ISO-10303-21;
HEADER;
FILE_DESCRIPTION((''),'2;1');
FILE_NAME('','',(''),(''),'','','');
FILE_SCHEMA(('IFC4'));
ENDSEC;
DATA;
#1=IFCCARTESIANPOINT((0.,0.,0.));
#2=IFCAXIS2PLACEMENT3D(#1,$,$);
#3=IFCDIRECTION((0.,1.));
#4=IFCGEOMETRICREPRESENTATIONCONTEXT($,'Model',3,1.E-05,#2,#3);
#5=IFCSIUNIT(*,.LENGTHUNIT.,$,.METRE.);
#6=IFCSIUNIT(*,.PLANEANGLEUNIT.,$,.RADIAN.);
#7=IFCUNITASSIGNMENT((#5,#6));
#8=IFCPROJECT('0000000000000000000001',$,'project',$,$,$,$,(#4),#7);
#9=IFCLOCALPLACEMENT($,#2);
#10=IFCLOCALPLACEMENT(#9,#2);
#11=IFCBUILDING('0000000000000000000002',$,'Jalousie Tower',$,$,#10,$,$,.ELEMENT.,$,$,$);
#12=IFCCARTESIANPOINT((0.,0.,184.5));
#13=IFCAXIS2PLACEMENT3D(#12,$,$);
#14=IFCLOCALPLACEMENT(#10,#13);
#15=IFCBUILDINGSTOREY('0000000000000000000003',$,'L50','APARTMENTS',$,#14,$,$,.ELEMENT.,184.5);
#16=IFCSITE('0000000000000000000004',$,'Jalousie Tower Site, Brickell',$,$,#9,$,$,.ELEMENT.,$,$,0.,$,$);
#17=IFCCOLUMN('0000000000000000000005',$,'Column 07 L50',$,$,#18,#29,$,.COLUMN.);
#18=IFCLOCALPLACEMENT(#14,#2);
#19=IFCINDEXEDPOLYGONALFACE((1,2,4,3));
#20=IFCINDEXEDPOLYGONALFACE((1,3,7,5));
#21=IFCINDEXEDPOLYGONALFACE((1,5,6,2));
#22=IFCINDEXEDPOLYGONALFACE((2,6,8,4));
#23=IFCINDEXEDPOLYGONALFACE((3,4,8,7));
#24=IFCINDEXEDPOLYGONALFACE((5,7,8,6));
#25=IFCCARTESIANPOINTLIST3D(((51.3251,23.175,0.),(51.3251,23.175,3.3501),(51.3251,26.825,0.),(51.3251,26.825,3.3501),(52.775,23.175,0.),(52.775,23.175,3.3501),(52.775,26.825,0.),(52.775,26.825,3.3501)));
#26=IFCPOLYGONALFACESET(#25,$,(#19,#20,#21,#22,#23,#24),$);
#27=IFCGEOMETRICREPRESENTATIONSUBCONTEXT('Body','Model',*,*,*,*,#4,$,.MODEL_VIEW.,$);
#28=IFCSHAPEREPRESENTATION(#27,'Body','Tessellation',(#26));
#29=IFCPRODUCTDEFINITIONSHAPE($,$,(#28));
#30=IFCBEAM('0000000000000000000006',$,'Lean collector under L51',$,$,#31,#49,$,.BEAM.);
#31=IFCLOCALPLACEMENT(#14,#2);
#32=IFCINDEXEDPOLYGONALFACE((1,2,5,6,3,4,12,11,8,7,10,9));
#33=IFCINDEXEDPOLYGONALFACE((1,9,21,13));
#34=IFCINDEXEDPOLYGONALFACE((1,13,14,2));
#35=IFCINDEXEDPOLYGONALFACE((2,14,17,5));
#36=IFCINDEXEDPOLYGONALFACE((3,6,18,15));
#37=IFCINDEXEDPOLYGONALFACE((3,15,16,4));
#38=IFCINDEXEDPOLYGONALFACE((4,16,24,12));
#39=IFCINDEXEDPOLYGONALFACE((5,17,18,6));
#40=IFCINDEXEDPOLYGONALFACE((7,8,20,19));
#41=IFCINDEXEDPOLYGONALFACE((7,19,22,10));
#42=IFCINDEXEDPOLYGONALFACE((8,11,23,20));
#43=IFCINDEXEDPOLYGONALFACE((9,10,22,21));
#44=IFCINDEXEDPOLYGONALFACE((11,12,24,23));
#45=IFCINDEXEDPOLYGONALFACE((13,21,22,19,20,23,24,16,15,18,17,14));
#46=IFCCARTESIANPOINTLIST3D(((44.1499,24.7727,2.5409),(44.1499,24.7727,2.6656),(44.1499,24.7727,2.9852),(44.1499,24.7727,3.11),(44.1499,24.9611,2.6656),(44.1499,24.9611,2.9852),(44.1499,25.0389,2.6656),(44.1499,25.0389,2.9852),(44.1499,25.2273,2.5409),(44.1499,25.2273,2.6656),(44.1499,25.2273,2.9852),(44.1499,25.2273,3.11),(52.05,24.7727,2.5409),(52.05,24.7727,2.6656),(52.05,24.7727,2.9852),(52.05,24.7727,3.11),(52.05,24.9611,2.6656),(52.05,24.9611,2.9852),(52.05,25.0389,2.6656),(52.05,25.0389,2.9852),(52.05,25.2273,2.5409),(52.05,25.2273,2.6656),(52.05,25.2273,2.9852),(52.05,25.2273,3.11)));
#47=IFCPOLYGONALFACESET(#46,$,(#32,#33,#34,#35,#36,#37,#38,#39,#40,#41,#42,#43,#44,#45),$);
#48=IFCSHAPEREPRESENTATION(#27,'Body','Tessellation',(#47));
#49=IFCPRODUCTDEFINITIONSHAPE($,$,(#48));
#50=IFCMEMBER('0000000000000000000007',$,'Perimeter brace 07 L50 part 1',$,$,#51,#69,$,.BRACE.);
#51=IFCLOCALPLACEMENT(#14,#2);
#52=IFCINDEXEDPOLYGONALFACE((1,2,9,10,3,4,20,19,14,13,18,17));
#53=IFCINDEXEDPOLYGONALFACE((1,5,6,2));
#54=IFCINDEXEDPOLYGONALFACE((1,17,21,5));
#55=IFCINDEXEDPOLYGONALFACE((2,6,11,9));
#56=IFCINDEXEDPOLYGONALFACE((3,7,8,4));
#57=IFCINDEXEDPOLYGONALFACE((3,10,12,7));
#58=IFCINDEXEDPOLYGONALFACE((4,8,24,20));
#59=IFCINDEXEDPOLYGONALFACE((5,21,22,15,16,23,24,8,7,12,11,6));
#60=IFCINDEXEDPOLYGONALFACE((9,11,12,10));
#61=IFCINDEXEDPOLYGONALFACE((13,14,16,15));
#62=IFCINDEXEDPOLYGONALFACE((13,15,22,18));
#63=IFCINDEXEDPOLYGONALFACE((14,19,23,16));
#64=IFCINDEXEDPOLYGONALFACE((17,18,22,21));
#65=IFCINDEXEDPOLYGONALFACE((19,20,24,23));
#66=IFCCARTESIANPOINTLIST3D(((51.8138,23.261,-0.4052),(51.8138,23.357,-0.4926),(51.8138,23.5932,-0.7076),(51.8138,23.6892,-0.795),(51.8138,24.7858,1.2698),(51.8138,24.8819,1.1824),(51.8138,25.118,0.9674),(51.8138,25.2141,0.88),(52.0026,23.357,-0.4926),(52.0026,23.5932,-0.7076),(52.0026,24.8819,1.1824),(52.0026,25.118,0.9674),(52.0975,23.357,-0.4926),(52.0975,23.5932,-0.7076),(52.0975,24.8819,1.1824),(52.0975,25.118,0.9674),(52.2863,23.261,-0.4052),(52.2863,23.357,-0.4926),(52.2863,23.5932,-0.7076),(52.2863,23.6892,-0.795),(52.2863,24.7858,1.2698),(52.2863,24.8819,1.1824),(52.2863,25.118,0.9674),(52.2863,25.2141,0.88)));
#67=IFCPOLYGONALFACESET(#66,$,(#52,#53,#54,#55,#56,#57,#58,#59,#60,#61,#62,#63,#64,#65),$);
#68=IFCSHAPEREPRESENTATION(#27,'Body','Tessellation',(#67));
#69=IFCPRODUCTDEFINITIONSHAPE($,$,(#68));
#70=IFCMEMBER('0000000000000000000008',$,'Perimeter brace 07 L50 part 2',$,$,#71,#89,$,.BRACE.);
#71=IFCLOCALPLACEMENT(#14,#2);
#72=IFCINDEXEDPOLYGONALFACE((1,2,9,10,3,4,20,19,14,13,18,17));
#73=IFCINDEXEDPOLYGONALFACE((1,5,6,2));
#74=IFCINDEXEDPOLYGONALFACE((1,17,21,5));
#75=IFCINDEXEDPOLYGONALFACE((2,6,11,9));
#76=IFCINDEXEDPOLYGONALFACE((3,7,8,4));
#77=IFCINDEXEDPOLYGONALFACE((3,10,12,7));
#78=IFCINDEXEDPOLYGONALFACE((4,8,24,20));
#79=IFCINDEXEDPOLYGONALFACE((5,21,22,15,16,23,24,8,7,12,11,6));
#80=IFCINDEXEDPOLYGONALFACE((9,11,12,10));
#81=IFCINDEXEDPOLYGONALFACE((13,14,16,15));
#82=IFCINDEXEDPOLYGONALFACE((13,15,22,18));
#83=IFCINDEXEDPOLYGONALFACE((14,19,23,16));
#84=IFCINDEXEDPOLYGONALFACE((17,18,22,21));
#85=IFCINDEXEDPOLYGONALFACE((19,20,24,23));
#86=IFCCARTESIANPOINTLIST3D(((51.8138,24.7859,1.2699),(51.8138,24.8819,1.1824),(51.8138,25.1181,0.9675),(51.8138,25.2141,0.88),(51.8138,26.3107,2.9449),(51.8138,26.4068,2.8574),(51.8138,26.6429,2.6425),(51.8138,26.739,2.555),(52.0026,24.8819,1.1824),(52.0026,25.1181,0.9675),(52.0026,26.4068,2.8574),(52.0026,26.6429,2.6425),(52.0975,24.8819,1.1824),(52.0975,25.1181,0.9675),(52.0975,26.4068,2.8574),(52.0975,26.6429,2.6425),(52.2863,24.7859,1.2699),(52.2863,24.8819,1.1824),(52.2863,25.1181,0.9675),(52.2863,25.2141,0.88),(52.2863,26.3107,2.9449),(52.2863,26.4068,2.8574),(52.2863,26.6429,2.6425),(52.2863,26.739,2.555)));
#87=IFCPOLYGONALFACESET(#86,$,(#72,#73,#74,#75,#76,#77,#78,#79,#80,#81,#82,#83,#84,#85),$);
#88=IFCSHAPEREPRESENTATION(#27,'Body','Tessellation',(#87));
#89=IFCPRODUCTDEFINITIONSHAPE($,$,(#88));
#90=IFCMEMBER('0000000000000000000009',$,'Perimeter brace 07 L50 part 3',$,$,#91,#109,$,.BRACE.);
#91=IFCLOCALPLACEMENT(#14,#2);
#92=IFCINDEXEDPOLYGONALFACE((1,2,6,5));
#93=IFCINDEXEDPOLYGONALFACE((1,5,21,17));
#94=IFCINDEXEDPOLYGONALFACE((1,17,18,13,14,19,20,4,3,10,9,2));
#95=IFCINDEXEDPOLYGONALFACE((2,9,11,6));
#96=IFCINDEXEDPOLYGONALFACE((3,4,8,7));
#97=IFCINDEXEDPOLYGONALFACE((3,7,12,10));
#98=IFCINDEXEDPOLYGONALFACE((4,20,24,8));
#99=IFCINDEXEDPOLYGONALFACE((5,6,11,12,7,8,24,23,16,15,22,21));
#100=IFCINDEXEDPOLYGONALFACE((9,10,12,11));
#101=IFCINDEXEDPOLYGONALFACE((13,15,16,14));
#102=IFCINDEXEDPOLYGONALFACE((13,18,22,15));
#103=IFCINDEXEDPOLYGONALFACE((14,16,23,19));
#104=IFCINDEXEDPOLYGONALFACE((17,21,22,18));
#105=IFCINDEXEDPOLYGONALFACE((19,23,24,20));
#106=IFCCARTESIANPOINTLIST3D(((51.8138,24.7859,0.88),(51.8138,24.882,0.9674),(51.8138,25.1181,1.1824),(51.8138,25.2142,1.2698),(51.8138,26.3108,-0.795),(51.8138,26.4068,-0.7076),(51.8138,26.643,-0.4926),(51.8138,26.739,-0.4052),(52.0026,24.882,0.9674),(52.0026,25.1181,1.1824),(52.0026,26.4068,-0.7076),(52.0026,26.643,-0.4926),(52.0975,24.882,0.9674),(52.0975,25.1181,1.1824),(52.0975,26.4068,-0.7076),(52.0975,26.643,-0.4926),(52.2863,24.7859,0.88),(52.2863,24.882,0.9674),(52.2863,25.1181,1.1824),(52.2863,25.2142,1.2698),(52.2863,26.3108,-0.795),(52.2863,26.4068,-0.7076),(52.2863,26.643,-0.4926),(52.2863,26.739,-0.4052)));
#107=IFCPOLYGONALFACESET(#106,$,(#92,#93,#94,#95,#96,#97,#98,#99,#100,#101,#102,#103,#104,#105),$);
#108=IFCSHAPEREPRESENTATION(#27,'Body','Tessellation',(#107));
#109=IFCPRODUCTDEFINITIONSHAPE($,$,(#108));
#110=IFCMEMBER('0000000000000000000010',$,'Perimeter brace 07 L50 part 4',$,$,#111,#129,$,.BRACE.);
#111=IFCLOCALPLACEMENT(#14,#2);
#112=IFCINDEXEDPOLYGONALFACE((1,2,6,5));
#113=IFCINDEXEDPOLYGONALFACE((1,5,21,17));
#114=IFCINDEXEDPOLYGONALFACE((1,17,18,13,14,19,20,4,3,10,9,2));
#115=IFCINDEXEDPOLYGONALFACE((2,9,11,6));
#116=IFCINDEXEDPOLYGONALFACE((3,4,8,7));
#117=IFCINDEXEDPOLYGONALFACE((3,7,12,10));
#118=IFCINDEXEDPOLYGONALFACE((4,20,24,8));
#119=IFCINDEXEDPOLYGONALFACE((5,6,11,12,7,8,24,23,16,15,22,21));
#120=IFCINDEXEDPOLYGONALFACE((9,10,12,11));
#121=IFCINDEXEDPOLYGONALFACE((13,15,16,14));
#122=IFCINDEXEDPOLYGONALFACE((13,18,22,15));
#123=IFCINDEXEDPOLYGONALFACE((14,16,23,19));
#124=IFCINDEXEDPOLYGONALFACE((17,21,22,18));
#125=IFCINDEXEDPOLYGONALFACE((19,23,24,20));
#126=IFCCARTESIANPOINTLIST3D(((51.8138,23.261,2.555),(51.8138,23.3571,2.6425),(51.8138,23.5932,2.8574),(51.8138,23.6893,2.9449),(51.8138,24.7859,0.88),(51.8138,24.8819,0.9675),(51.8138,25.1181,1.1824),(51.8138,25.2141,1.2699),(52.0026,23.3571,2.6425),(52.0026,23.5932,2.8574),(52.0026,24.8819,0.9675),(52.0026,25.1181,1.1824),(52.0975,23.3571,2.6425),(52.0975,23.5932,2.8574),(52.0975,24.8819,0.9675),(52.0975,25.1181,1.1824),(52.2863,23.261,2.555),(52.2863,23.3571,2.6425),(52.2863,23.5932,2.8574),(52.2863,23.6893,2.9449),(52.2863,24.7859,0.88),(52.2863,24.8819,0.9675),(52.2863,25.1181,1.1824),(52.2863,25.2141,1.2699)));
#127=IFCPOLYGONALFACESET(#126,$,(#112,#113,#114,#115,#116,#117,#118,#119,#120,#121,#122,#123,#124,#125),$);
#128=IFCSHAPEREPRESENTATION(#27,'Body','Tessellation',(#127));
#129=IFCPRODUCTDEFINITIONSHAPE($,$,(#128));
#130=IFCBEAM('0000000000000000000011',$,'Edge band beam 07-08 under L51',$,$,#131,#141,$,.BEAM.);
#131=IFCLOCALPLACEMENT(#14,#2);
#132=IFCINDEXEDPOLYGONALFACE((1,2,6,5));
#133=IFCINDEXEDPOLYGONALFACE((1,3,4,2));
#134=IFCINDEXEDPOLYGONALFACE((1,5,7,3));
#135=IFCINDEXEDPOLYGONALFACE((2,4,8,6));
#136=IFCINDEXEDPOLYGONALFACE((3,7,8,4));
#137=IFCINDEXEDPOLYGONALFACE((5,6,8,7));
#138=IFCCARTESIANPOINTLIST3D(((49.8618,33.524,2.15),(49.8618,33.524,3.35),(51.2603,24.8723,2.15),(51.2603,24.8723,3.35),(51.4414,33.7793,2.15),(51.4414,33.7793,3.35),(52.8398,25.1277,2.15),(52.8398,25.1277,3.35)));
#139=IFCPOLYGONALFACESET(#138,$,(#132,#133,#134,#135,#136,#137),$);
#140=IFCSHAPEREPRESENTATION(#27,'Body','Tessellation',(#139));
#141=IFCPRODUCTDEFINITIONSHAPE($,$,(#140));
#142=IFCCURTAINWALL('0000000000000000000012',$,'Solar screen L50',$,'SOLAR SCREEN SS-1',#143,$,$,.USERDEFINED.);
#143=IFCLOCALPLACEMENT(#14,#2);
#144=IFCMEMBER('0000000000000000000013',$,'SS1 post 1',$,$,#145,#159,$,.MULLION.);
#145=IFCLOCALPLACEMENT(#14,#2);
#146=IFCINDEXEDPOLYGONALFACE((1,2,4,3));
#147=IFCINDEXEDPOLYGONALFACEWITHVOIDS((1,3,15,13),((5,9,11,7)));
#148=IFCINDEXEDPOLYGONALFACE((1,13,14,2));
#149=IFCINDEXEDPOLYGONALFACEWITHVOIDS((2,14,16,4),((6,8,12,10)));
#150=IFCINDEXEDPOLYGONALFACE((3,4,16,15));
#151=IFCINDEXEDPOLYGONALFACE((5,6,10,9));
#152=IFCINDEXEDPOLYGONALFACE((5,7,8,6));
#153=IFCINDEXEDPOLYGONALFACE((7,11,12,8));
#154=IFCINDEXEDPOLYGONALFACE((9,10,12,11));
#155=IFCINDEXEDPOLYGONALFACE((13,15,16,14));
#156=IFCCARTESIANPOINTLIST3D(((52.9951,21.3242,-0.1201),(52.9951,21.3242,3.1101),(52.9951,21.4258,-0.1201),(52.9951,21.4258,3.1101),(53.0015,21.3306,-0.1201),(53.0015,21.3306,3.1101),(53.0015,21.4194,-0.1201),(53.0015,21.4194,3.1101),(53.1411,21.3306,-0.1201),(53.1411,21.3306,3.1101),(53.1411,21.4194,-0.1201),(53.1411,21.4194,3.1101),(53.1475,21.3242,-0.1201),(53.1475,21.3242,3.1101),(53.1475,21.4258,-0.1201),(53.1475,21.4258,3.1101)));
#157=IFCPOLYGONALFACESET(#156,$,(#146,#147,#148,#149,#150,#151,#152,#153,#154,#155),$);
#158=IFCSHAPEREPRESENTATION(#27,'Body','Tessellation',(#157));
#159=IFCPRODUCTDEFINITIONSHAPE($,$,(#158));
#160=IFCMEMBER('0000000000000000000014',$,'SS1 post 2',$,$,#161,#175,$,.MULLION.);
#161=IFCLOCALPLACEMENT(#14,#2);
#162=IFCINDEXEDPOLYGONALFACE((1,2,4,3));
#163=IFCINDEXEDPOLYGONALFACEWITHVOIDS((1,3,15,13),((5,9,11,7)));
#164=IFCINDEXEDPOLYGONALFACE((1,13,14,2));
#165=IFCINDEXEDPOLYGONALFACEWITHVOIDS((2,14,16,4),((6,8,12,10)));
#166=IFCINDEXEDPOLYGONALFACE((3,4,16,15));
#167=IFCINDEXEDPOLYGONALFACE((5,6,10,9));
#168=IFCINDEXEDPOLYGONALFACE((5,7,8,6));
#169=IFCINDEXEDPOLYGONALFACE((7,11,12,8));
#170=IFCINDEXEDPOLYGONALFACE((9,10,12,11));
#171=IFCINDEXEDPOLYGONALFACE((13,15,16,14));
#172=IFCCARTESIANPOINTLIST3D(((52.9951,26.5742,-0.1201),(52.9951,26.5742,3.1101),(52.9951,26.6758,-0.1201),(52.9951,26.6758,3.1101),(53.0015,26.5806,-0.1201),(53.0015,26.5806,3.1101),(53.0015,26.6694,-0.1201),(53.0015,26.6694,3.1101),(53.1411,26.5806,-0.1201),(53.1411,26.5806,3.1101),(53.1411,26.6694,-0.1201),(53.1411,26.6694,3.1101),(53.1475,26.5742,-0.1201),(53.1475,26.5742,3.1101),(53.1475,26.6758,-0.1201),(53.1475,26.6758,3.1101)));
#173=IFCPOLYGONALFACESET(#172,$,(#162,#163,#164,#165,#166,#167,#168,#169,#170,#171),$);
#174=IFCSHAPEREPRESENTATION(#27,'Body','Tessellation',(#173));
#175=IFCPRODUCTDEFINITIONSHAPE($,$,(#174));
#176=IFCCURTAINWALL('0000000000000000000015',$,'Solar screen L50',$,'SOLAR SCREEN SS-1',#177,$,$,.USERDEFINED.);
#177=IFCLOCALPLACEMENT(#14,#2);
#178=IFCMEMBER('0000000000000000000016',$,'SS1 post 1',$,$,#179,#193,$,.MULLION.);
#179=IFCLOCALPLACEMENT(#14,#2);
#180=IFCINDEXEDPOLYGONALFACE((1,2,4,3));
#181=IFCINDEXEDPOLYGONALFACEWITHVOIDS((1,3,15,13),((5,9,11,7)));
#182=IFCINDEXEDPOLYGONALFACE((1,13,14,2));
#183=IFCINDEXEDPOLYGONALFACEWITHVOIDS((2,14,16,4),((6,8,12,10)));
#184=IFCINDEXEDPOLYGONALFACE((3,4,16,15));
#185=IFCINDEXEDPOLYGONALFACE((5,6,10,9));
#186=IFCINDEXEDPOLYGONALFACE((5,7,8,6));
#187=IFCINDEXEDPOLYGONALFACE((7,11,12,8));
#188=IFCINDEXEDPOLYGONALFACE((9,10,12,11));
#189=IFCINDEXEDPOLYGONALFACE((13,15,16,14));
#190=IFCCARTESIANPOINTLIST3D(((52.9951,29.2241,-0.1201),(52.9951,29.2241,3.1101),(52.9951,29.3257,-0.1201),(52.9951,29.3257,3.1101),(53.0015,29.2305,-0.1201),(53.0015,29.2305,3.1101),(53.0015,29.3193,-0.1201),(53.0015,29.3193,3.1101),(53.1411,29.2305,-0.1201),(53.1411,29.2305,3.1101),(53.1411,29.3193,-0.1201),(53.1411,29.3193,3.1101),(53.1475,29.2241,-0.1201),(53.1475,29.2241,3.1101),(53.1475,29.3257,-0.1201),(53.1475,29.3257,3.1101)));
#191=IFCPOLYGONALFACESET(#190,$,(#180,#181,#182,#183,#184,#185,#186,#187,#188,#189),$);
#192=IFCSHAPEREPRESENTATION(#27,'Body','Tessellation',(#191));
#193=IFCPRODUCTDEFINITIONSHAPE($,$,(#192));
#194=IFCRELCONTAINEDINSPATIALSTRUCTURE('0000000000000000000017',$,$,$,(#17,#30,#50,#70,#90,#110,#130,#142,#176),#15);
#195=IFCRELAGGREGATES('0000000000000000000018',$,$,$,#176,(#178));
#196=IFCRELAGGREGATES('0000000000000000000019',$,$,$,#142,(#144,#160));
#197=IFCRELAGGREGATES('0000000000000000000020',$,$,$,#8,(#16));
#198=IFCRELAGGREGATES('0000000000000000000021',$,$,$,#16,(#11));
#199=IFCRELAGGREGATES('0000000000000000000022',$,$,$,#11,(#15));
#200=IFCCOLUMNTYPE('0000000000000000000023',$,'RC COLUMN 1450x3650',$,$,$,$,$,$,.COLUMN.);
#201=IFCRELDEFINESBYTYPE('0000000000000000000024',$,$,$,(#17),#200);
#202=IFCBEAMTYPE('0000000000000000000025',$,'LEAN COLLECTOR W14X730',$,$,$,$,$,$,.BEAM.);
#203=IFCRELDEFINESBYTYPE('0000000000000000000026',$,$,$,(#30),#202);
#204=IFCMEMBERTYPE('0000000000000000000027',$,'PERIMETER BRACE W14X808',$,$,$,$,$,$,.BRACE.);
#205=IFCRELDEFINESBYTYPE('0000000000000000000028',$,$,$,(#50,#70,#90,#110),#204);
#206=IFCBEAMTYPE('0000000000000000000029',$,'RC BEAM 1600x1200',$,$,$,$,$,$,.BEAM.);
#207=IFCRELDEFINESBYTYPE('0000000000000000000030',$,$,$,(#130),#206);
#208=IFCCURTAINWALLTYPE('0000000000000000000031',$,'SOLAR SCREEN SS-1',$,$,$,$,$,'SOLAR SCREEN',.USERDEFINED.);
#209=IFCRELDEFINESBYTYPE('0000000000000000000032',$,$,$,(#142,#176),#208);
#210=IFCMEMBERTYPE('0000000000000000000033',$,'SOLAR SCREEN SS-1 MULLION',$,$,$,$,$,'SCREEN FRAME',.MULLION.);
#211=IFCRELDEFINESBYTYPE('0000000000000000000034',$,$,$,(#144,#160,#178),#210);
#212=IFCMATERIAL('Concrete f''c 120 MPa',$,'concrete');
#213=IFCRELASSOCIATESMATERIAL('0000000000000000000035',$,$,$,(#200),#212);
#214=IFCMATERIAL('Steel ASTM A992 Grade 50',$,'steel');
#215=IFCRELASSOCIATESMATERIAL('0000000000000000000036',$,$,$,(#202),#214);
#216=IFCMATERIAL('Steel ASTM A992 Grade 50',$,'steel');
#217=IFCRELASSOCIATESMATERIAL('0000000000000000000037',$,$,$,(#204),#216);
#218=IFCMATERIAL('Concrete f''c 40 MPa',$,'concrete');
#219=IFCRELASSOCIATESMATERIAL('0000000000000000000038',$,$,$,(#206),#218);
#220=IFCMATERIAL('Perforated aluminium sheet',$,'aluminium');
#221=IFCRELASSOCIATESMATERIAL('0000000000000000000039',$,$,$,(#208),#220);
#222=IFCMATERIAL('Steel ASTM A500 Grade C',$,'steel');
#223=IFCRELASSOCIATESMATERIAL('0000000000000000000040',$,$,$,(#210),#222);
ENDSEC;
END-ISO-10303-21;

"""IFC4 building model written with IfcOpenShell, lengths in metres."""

from ifc_helpers import new_model, si_unit, direction, frame, origin, origin_2d, place, context, subcontext, project, spatial, rectangle, hollow_rectangle, i_section, extrude, material, material_profile, profile_set, type_object, element, aggregate, save


model = new_model("IFC4")

# Units and contexts
model_context = context("Model", 3, precision=1e-05, world=origin(), true_north=direction((0.0, 1.0)))
body_context = subcontext(model_context, "Body", "Model", "MODEL_VIEW")
ifc_project = project(units=[si_unit("LENGTHUNIT", "METRE"), si_unit("PLANEANGLEUNIT", "RADIAN")], contexts=[model_context])

# Site, building, storey
site_placement = place(None, origin())
site = spatial("IfcSite", under=ifc_project, at=site_placement, Name="Jalousie Tower Site, Brickell", CompositionType="ELEMENT", RefElevation=0.0)
building_placement = place(site_placement, origin())
building = spatial("IfcBuilding", under=site, at=building_placement, Name="Jalousie Tower", CompositionType="ELEMENT")
storey_placement = place(building_placement, frame((0.0, 0.0, 184.5)))
storey = spatial("IfcBuildingStorey", under=building, at=storey_placement, Name="L50", Description="APARTMENTS", CompositionType="ELEMENT", Elevation=184.5)

# Column
ifc_material_1 = material(Name="Concrete f'c 120 MPa", Category="concrete")
ifc_material_profile_1 = material_profile(ifc_material_1, rectangle(XDim=1.45, YDim=3.6499, at=origin_2d()), Name="RC 1450x3650")
ifc_profile_set_1 = profile_set([ifc_material_profile_1], Name="Concrete f'c 120 MPa")
column_type = type_object("IfcColumnType", Name="RC COLUMN 1450x3650", PredefinedType="COLUMN", material=ifc_profile_set_1)
column_placement = place(storey_placement, frame((52.05, 25.0, 0.0), z_axis=(0.0, 0.0, 1.0), x_axis=(1.0, 0.0, 0.0)))
element("IfcColumn", 1, at=column_placement, inside=storey, type_object=column_type, Name="Column 07 L50", PredefinedType="COLUMN", context=body_context, shape_type="SweptSolid", body=[
    extrude(rectangle(XDim=1.45, YDim=3.6499, at=origin_2d()), origin(), (0.0, 0.0, 1.0), 3.3501),
])

# Beam
ifc_material_2 = material(Name="Steel ASTM A992 Grade 50", Category="steel")
ifc_material_profile_2 = material_profile(ifc_material_2, i_section(OverallWidth=0.4546, OverallDepth=0.5691, WebThickness=0.0779, FlangeThickness=0.1248, at=origin_2d()), Name="W14X730")
ifc_profile_set_2 = profile_set([ifc_material_profile_2], Name="Steel ASTM A992 Grade 50")
beam_type_1 = type_object("IfcBeamType", Name="LEAN COLLECTOR W14X730", PredefinedType="BEAM", material=ifc_profile_set_2)
beam_1_placement = place(storey_placement, frame((52.05, 25.0, 2.8254), z_axis=(-1.0, 0.0, 0.0), x_axis=(0.0, -1.0, 0.0)))
element("IfcBeam", 2, at=beam_1_placement, inside=storey, type_object=beam_type_1, Name="Lean collector under L51", PredefinedType="BEAM", context=body_context, shape_type="SweptSolid", body=[
    extrude(i_section(OverallWidth=0.4546, OverallDepth=0.5691, WebThickness=0.0779, FlangeThickness=0.1248, at=origin_2d()), origin(), (0.0, 0.0, 1.0), 7.9001),
])

# Members
ifc_material_3 = material(Name="Steel ASTM A992 Grade 50", Category="steel")
ifc_material_profile_3 = material_profile(ifc_material_3, i_section(OverallWidth=0.4724, OverallDepth=0.5791, WebThickness=0.095, FlangeThickness=0.1299, at=origin_2d()), Name="W14X808")
ifc_profile_set_3 = profile_set([ifc_material_profile_3], Name="Steel ASTM A992 Grade 50")
member_type_1 = type_object("IfcMemberType", Name="PERIMETER BRACE W14X808", PredefinedType="BRACE", material=ifc_profile_set_3)
for number, where, z_axis, x_axis, name in (
    (3, (52.05, 23.4751, -0.6001), (0.0, 0.673188, 0.739472), (-1.0, 0.0, 0.0), "Perimeter brace 07 L50 part 1"),
    (4, (52.05, 25.0, 1.075), (0.0, 0.673188, 0.739472), (-1.0, 0.0, 0.0), "Perimeter brace 07 L50 part 2"),
    (5, (52.05, 26.5249, -0.6001), (0.0, -0.673188, 0.739472), (1.0, 0.0, 0.0), "Perimeter brace 07 L50 part 3"),
    (6, (52.05, 25.0, 1.075), (0.0, -0.673188, 0.739472), (1.0, 0.0, 0.0), "Perimeter brace 07 L50 part 4"),
):
    element("IfcMember", number, at=place(storey_placement, frame(where, z_axis=z_axis, x_axis=x_axis)), inside=storey, type_object=member_type_1, Name=name, PredefinedType="BRACE", context=body_context, shape_type="SweptSolid", body=[
        extrude(i_section(OverallWidth=0.4724, OverallDepth=0.5791, WebThickness=0.095, FlangeThickness=0.1299, at=origin_2d()), origin(), (0.0, 0.0, 1.0), 2.2651),
    ])

# Beam
ifc_material_4 = material(Name="Concrete f'c 40 MPa", Category="concrete")
ifc_material_profile_4 = material_profile(ifc_material_4, rectangle(XDim=1.6001, YDim=1.2, at=origin_2d()), Name="RC 1600x1200")
ifc_profile_set_4 = profile_set([ifc_material_profile_4], Name="Concrete f'c 40 MPa")
beam_type_2 = type_object("IfcBeamType", Name="RC BEAM 1600x1200", PredefinedType="BEAM", material=ifc_profile_set_4)
beam_2_placement = place(storey_placement, frame((52.05, 25.0, 2.75), z_axis=(-0.159568, 0.987187, 0.0), x_axis=(-0.987187, -0.159568, 0.0)))
element("IfcBeam", 7, at=beam_2_placement, inside=storey, type_object=beam_type_2, Name="Edge band beam 07-08 under L51", PredefinedType="BEAM", context=body_context, shape_type="SweptSolid", body=[
    extrude(rectangle(XDim=1.6001, YDim=1.2, at=origin_2d()), origin(), (0.0, 0.0, 1.0), 8.7639),
])

# Curtain wall, members
ifc_material_5 = material(Name="Perforated aluminium sheet", Category="aluminium")
curtain_wall_type = type_object("IfcCurtainWallType", Name="SOLAR SCREEN SS-1", ElementType="SOLAR SCREEN", PredefinedType="USERDEFINED", material=ifc_material_5)
curtain_wall_1_placement = place(storey_placement, origin())
curtain_wall_1 = element("IfcCurtainWall", 8, at=curtain_wall_1_placement, inside=storey, type_object=curtain_wall_type, Name="Solar screen L50", ObjectType="SOLAR SCREEN SS-1", PredefinedType="USERDEFINED")
ifc_material_6 = material(Name="Steel ASTM A500 Grade C", Category="steel")
ifc_material_profile_5 = material_profile(ifc_material_6, hollow_rectangle(XDim=0.1016, YDim=0.1523, WallThickness=0.0063, at=origin_2d()), Name="HSS6X4X1/4")
ifc_profile_set_5 = profile_set([ifc_material_profile_5], Name="Steel ASTM A500 Grade C")
member_type_2 = type_object("IfcMemberType", Name="SOLAR SCREEN SS-1 MULLION", ElementType="SCREEN FRAME", PredefinedType="MULLION", material=ifc_profile_set_5)
member_1_placement = place(storey_placement, frame((53.0713, 21.375, -0.1201), z_axis=(0.0, 0.0, 1.0), x_axis=(0.0, 1.0, 0.0)))
member_1 = element("IfcMember", 9, at=member_1_placement, type_object=member_type_2, Name="SS1 post 1", PredefinedType="MULLION", context=body_context, shape_type="SweptSolid", body=[
    extrude(hollow_rectangle(XDim=0.1016, YDim=0.1523, WallThickness=0.0063, at=origin_2d()), origin(), (0.0, 0.0, 1.0), 3.2302),
])
member_2_placement = place(storey_placement, frame((53.0713, 26.625, -0.1201), z_axis=(0.0, 0.0, 1.0), x_axis=(0.0, 1.0, 0.0)))
member_2 = element("IfcMember", 10, at=member_2_placement, type_object=member_type_2, Name="SS1 post 2", PredefinedType="MULLION", context=body_context, shape_type="SweptSolid", body=[
    extrude(hollow_rectangle(XDim=0.1016, YDim=0.1523, WallThickness=0.0063, at=origin_2d()), origin(), (0.0, 0.0, 1.0), 3.2302),
])

# Curtain wall, member
curtain_wall_2_placement = place(storey_placement, origin())
curtain_wall_2 = element("IfcCurtainWall", 11, at=curtain_wall_2_placement, inside=storey, type_object=curtain_wall_type, Name="Solar screen L50", ObjectType="SOLAR SCREEN SS-1", PredefinedType="USERDEFINED")
member_3_placement = place(storey_placement, frame((53.0713, 29.2749, -0.1201), z_axis=(0.0, 0.0, 1.0), x_axis=(0.0, 1.0, 0.0)))
member_3 = element("IfcMember", 12, at=member_3_placement, type_object=member_type_2, Name="SS1 post 1", PredefinedType="MULLION", context=body_context, shape_type="SweptSolid", body=[
    extrude(hollow_rectangle(XDim=0.1016, YDim=0.1523, WallThickness=0.0063, at=origin_2d()), origin(), (0.0, 0.0, 1.0), 3.2302),
])

aggregate(curtain_wall_2, [member_3])

aggregate(curtain_wall_1, [member_1, member_2])

save(model, "model.ifc")
